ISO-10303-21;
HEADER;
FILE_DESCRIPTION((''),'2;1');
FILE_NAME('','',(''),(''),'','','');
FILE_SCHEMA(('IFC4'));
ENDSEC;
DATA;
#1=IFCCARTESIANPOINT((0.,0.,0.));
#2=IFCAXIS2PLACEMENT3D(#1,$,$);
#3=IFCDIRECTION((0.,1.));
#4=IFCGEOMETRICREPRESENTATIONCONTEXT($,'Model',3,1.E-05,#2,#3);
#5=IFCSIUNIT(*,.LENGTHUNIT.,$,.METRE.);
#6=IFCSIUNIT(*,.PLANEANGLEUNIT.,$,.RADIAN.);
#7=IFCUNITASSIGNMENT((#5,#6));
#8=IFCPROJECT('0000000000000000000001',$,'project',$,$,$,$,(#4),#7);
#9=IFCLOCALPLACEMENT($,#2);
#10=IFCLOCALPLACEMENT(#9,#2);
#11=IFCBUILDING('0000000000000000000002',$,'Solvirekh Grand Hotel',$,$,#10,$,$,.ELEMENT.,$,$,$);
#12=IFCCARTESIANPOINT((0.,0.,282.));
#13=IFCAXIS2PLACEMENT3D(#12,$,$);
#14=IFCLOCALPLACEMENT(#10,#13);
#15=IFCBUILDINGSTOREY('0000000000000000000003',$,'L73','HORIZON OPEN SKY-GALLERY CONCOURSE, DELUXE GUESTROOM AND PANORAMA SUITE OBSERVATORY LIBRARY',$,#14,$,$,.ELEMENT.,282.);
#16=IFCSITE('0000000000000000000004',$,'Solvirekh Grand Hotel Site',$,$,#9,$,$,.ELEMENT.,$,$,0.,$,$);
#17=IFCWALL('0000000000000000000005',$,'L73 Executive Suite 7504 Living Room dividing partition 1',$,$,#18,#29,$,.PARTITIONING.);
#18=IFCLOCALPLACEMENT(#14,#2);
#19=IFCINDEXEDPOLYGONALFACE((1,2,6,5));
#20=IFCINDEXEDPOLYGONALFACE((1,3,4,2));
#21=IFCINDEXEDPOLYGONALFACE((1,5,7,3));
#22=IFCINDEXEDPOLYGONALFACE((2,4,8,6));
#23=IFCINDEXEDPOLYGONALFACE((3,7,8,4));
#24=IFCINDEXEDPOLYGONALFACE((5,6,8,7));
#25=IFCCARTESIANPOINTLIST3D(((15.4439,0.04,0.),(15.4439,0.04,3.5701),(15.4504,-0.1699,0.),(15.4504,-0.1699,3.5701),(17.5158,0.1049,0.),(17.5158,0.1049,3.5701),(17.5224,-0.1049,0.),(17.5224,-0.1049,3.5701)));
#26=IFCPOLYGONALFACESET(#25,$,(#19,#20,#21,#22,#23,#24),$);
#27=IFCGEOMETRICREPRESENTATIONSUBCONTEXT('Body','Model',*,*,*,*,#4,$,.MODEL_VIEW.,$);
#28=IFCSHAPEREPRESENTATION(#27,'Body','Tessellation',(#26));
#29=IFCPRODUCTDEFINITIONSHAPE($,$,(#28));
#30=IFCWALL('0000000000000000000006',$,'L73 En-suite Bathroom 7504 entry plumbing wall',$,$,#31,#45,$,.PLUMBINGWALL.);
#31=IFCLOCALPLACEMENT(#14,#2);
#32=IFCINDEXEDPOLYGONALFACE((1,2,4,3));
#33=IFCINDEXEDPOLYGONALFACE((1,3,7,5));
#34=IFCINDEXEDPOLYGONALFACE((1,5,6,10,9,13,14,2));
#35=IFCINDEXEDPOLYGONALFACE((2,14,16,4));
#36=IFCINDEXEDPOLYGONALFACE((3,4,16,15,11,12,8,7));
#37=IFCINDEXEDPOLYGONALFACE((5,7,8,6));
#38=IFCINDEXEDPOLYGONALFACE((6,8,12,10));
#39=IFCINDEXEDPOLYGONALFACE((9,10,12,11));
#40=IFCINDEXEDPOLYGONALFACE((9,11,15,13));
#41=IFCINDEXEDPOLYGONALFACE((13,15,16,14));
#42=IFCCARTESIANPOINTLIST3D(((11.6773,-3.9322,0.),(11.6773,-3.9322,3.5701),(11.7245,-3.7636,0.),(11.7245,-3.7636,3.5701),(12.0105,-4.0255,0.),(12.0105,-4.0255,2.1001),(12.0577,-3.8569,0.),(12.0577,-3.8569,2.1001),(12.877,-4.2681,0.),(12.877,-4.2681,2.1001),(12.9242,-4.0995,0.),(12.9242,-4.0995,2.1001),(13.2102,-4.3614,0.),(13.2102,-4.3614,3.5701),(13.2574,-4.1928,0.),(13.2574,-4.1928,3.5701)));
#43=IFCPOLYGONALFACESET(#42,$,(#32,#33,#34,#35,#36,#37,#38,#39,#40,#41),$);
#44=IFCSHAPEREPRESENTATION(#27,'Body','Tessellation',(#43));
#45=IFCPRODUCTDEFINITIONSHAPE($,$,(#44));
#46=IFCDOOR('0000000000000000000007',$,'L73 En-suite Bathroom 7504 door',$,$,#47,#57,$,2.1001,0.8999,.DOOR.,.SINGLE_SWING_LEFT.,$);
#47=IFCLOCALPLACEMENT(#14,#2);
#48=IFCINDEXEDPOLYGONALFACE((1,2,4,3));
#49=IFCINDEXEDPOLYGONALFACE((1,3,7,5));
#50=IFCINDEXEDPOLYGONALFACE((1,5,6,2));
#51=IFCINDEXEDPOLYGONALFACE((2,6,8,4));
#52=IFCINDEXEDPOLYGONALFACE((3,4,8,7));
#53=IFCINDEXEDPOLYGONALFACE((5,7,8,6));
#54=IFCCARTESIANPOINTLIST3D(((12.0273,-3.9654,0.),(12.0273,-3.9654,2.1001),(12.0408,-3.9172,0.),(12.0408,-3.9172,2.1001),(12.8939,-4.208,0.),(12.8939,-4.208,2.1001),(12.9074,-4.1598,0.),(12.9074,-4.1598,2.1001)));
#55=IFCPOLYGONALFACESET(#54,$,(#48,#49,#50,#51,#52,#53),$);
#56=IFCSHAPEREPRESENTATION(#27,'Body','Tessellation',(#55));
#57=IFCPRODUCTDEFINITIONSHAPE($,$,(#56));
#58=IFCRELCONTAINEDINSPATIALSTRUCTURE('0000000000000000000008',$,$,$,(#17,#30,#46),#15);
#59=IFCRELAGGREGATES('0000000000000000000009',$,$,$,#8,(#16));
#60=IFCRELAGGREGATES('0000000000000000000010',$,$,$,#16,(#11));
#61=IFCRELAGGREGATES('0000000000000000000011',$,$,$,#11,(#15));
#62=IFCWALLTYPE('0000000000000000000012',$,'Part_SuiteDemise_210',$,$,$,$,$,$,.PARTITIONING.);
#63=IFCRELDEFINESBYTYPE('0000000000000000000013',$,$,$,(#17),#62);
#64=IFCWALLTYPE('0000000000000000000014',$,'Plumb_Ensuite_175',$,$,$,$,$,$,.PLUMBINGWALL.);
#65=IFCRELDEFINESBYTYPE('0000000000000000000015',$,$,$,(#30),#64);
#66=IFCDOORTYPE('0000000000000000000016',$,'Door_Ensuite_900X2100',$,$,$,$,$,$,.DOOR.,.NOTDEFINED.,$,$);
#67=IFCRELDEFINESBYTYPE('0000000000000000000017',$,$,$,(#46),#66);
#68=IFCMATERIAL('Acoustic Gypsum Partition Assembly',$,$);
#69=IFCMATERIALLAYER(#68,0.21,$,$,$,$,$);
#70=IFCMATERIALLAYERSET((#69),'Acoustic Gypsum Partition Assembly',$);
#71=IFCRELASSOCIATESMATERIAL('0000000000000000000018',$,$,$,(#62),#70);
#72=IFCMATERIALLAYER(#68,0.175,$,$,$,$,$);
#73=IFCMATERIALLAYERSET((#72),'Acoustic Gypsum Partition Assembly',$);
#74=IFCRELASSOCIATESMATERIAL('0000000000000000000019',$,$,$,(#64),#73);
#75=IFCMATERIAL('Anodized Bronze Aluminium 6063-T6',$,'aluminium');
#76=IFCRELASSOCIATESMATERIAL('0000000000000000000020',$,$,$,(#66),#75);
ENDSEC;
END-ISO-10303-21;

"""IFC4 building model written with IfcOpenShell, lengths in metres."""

from ifc_helpers import new_model, si_unit, direction, frame, frame_2d, origin, place, context, subcontext, project, spatial, rectangle, extrude, material, layer, layer_set, type_object, element, fill, save


model = new_model("IFC4")

# Units and contexts
model_context = context("Model", 3, precision=1e-05, world=origin(), true_north=direction((0.0, 1.0)))
body_context = subcontext(model_context, "Body", "Model", "MODEL_VIEW")
ifc_project = project(units=[si_unit("LENGTHUNIT", "METRE"), si_unit("PLANEANGLEUNIT", "RADIAN")], contexts=[model_context])

# Site, building, storey
site_placement = place(None, origin())
site = spatial("IfcSite", under=ifc_project, at=site_placement, Name="Solvirekh Grand Hotel Site", CompositionType="ELEMENT", RefElevation=0.0)
building_placement = place(site_placement, origin())
building = spatial("IfcBuilding", under=site, at=building_placement, Name="Solvirekh Grand Hotel", CompositionType="ELEMENT")
storey_placement = place(building_placement, frame((0.0, 0.0, 282.0)))
storey = spatial("IfcBuildingStorey", under=building, at=storey_placement, Name="L73", Description="HORIZON OPEN SKY-GALLERY CONCOURSE, DELUXE GUESTROOM AND PANORAMA SUITE OBSERVATORY LIBRARY", CompositionType="ELEMENT", Elevation=282.0)

# Shared definitions
ifc_material_1 = material(Name="Anodized Bronze Aluminium 6063-T6", Category="aluminium")
ifc_material_2 = material(Name="Acoustic Gypsum Partition Assembly")

# Wall
ifc_layer_1 = layer(ifc_material_2, 0.21)
ifc_layer_set_1 = layer_set([ifc_layer_1], Name="Acoustic Gypsum Partition Assembly")
wall_type_1 = type_object("IfcWallType", Name="Part_SuiteDemise_210", PredefinedType="PARTITIONING", material=ifc_layer_set_1)
wall_1_placement = place(storey_placement, frame((15.447, -0.0649, 0.0), z_axis=(0.0, 0.0, 1.0), x_axis=(0.999509, 0.031327, 0.0)))
element("IfcWall", 1, at=wall_1_placement, inside=storey, type_object=wall_type_1, Name="L73 Executive Suite 7504 Living Room dividing partition 1", PredefinedType="PARTITIONING", context=body_context, shape_type="SweptSolid", body=[
    extrude(rectangle(XDim=2.073, YDim=0.21, at=frame_2d((1.0366, 0.0))), origin(), (0.0, 0.0, 1.0), 3.5701),
])

# Wall, opening, door
ifc_layer_2 = layer(ifc_material_2, 0.175)
ifc_layer_set_2 = layer_set([ifc_layer_2], Name="Acoustic Gypsum Partition Assembly")
wall_type_2 = type_object("IfcWallType", Name="Plumb_Ensuite_175", PredefinedType="PLUMBINGWALL", material=ifc_layer_set_2)
wall_2_placement = place(storey_placement, frame((11.7009, -3.8479, 0.0), z_axis=(0.0, 0.0, 1.0), x_axis=(0.962969, -0.269613, 0.0)))
wall_2 = element("IfcWall", 2, at=wall_2_placement, inside=storey, type_object=wall_type_2, Name="L73 En-suite Bathroom 7504 entry plumbing wall", PredefinedType="PLUMBINGWALL", context=body_context, shape_type="SweptSolid", body=[
    extrude(rectangle(XDim=1.5918, YDim=0.175, at=frame_2d((0.7959, 0.0))), origin(), (0.0, 0.0, 1.0), 3.5701),
])
opening_1_placement = place(wall_2_placement, frame((0.3459, 0.0, 0.0)))
opening_1 = element("IfcOpeningElement", 3, at=opening_1_placement, cuts=wall_2, PredefinedType="OPENING", context=body_context, shape_type="SweptSolid", body=[
    extrude(rectangle(XDim=0.8999, YDim=2.1001, at=frame_2d((0.45, 1.05))), frame((0.0, 0.0977, 0.0), z_axis=(0.0, -1.0, 0.0), x_axis=(1.0, 0.0, 0.0)), (0.0, 0.0, 1.0), 0.1951),
])
door_type_1 = type_object("IfcDoorType", Name="Door_Ensuite_900X2100", OperationType="NOTDEFINED", PredefinedType="DOOR", material=ifc_material_1)
door_1_placement = place(opening_1_placement, origin())
door_1 = element("IfcDoor", 4, at=door_1_placement, inside=storey, type_object=door_type_1, Name="L73 En-suite Bathroom 7504 door", OperationType="SINGLE_SWING_LEFT", OverallHeight=2.1001, OverallWidth=0.8999, PredefinedType="DOOR", context=body_context, shape_type="SweptSolid", body=[
    extrude(rectangle(XDim=0.8999, YDim=2.1001, at=frame_2d((0.45, 1.05))), frame((0.0, 0.0249, 0.0), z_axis=(0.0, -1.0, 0.0), x_axis=(1.0, 0.0, 0.0)), (0.0, 0.0, 1.0), 0.05),
])
fill(opening_1, door_1)

save(model, "model.ifc")
